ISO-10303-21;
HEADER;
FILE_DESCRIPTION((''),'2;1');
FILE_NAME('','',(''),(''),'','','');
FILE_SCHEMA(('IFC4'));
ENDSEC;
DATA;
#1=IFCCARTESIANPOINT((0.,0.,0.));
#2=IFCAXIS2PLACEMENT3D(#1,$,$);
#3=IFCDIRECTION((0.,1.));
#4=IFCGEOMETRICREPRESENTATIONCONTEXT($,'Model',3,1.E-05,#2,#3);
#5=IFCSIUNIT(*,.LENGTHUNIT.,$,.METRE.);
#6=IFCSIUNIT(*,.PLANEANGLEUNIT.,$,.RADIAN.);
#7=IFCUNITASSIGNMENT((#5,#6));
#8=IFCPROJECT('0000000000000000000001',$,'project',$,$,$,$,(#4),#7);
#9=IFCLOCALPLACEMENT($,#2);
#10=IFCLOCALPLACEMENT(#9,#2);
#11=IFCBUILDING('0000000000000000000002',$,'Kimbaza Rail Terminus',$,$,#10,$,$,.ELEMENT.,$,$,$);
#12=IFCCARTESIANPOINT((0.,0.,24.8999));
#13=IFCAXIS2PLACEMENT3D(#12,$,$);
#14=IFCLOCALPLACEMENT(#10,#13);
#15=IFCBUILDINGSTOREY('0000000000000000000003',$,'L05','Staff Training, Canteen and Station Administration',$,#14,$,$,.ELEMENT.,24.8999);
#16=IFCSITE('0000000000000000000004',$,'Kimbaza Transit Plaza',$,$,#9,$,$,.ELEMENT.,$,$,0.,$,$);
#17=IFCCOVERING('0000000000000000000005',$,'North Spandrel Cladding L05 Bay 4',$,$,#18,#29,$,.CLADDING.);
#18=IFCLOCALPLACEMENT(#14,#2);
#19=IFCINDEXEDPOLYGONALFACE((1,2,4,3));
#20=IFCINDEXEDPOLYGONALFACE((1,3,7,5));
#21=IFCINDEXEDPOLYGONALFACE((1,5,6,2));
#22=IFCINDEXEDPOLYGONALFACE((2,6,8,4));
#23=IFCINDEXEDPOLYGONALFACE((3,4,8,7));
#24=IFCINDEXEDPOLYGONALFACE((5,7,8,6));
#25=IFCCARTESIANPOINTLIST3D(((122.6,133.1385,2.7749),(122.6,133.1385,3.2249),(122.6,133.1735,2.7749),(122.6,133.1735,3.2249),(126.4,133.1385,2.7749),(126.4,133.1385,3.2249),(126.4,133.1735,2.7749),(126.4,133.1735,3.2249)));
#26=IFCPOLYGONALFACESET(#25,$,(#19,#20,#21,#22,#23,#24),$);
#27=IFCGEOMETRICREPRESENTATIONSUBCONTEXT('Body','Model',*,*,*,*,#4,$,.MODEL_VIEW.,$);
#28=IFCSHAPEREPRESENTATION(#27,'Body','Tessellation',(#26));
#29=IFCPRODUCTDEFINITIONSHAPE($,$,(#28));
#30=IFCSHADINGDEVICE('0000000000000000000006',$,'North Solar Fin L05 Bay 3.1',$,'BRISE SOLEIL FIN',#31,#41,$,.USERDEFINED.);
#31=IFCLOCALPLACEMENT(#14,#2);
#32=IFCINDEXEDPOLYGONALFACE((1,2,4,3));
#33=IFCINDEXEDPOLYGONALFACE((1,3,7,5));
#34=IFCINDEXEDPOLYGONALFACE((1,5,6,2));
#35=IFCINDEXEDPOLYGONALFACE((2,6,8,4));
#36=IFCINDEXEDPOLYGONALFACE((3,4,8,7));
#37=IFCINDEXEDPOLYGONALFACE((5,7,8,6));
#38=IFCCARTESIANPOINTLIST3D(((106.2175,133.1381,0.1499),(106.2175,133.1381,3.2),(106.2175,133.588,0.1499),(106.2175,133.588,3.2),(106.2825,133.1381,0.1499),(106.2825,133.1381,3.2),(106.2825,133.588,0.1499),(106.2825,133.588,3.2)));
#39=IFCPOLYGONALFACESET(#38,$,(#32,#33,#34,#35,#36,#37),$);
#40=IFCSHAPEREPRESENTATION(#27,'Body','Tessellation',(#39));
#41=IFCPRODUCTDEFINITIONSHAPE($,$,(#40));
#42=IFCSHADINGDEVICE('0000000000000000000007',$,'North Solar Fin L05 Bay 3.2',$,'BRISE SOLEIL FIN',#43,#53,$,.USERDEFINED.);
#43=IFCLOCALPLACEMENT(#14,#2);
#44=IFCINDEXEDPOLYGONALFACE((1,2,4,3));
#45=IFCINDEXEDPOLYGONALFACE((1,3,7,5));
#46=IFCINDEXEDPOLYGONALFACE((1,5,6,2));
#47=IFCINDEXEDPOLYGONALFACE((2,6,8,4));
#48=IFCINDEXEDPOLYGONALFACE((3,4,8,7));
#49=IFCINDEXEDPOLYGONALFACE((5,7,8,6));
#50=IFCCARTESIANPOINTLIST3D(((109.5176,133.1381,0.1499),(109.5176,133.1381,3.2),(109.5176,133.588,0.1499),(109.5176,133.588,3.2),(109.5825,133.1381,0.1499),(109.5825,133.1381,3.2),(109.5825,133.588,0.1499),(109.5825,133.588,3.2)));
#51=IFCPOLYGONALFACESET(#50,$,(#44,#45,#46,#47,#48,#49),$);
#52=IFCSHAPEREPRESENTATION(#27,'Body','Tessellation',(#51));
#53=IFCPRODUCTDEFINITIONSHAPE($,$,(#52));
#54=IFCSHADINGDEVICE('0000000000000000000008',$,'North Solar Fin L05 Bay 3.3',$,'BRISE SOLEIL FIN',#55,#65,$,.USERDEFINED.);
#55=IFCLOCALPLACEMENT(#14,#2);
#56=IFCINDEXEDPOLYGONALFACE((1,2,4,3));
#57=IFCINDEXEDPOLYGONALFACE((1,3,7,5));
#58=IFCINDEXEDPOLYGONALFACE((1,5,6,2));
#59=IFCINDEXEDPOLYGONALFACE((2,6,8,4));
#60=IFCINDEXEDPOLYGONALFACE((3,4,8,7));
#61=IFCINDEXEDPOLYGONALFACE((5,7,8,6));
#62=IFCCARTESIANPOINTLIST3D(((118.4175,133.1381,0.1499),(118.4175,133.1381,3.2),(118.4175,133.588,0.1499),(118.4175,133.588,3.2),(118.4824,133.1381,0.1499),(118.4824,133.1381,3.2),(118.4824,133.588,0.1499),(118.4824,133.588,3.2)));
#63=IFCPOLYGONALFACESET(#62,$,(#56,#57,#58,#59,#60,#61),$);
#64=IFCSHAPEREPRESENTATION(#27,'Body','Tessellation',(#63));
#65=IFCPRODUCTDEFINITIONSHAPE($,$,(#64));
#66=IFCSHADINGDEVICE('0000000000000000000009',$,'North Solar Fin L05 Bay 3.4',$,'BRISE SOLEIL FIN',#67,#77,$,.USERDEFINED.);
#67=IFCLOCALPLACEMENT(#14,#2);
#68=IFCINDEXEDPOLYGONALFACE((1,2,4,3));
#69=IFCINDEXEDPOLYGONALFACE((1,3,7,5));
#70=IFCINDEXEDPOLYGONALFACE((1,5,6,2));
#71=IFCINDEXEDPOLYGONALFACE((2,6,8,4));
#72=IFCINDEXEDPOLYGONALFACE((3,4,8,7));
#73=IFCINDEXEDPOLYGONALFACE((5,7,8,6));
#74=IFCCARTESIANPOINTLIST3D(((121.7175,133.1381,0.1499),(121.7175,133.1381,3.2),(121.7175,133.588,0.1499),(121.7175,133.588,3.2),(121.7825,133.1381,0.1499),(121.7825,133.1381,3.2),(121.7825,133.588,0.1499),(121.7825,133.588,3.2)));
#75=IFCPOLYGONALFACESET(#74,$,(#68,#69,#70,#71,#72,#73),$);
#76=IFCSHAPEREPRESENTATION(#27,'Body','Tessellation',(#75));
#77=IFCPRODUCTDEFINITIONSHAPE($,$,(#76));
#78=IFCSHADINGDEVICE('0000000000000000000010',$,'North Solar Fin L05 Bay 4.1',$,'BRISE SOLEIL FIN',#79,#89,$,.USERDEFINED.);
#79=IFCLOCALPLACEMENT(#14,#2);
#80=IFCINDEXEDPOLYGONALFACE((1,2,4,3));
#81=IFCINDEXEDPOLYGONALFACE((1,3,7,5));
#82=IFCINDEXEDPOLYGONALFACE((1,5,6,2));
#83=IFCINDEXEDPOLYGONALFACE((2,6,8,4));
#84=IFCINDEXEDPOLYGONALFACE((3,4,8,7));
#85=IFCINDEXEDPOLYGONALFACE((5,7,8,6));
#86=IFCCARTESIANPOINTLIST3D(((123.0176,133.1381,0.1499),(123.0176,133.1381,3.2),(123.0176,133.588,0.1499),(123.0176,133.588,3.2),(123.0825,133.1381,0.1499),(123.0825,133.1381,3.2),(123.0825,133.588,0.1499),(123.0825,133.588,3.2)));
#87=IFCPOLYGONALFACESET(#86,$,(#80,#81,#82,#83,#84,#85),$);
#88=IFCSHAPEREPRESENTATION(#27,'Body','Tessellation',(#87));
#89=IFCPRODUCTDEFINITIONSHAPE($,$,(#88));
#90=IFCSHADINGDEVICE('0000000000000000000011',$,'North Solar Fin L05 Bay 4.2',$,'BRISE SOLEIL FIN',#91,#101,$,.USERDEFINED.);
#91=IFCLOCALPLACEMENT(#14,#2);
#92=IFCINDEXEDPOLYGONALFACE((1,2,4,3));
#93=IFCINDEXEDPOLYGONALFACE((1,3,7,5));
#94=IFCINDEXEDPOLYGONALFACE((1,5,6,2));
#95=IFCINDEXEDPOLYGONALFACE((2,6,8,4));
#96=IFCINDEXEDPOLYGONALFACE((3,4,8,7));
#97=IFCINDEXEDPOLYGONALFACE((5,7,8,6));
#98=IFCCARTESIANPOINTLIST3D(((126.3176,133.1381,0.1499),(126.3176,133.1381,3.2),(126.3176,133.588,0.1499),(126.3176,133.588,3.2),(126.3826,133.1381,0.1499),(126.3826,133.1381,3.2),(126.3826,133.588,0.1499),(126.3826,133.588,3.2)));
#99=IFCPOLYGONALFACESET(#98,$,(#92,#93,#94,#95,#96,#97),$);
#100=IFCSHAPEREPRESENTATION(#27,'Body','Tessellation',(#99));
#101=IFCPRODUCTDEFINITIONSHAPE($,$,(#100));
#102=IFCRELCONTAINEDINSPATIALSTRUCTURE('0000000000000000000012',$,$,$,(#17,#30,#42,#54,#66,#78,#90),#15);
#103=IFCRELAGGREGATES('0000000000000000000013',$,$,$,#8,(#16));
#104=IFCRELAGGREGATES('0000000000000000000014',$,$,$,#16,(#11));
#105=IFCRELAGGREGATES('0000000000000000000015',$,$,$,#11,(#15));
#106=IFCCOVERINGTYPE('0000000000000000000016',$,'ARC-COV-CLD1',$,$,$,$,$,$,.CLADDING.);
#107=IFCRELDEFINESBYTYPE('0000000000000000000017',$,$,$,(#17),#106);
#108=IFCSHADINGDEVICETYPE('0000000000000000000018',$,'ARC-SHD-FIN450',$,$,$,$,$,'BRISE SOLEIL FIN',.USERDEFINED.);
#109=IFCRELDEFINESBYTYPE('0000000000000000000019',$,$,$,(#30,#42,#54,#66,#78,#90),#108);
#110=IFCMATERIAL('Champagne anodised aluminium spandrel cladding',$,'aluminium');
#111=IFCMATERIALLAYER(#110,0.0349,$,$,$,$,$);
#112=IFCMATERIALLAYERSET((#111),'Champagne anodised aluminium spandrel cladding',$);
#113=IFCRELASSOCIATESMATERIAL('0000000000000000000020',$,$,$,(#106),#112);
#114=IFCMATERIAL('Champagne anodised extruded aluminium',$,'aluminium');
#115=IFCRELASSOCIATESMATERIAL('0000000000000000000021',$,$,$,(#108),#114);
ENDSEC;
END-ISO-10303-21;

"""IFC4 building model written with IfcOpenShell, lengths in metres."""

from ifc_helpers import new_model, si_unit, direction, frame, origin, origin_2d, place, context, subcontext, project, spatial, rectangle, extrude, material, layer, layer_set, type_object, element, save


model = new_model("IFC4")

# Units and contexts
model_context = context("Model", 3, precision=1e-05, world=origin(), true_north=direction((0.0, 1.0)))
body_context = subcontext(model_context, "Body", "Model", "MODEL_VIEW")
ifc_project = project(units=[si_unit("LENGTHUNIT", "METRE"), si_unit("PLANEANGLEUNIT", "RADIAN")], contexts=[model_context])

# Site, building, storey
site_placement = place(None, origin())
site = spatial("IfcSite", under=ifc_project, at=site_placement, Name="Kimbaza Transit Plaza", CompositionType="ELEMENT", RefElevation=0.0)
building_placement = place(site_placement, origin())
building = spatial("IfcBuilding", under=site, at=building_placement, Name="Kimbaza Rail Terminus", CompositionType="ELEMENT")
storey_placement = place(building_placement, frame((0.0, 0.0, 24.8999)))
storey = spatial("IfcBuildingStorey", under=building, at=storey_placement, Name="L05", Description="Staff Training, Canteen and Station Administration", CompositionType="ELEMENT", Elevation=24.8999)

# Covering
ifc_material_1 = material(Name="Champagne anodised aluminium spandrel cladding", Category="aluminium")
ifc_layer_1 = layer(ifc_material_1, 0.0349)
ifc_layer_set_1 = layer_set([ifc_layer_1], Name="Champagne anodised aluminium spandrel cladding")
covering_type = type_object("IfcCoveringType", Name="ARC-COV-CLD1", PredefinedType="CLADDING", material=ifc_layer_set_1)
for number, where, z_axis, x_axis, name in (
    (1, (124.5, 133.156, 2.7749), (0.0, 0.0, 1.0), (1.0, 0.0, 0.0), "North Spandrel Cladding L05 Bay 4"),
):
    element("IfcCovering", number, at=place(storey_placement, frame(where, z_axis=z_axis, x_axis=x_axis)), inside=storey, type_object=covering_type, Name=name, PredefinedType="CLADDING", context=body_context, shape_type="SweptSolid", body=[
        extrude(rectangle(XDim=3.8, YDim=0.0349, at=origin_2d()), origin(), (0.0, 0.0, 1.0), 0.45),
    ])

# Shading devices
ifc_material_2 = material(Name="Champagne anodised extruded aluminium", Category="aluminium")
shading_device_type = type_object("IfcShadingDeviceType", Name="ARC-SHD-FIN450", ElementType="BRISE SOLEIL FIN", PredefinedType="USERDEFINED", material=ifc_material_2)
for number, where, z_axis, x_axis, name in (
    (2, (106.25, 133.363, 0.1499), (0.0, 0.0, 1.0), (1.0, 0.0, 0.0), "North Solar Fin L05 Bay 3.1"),
    (3, (109.55, 133.363, 0.1499), (0.0, 0.0, 1.0), (1.0, 0.0, 0.0), "North Solar Fin L05 Bay 3.2"),
    (4, (118.45, 133.363, 0.1499), (0.0, 0.0, 1.0), (1.0, 0.0, 0.0), "North Solar Fin L05 Bay 3.3"),
    (5, (121.75, 133.363, 0.1499), (0.0, 0.0, 1.0), (1.0, 0.0, 0.0), "North Solar Fin L05 Bay 3.4"),
    (6, (123.05, 133.363, 0.1499), (0.0, 0.0, 1.0), (1.0, 0.0, 0.0), "North Solar Fin L05 Bay 4.1"),
    (7, (126.3501, 133.363, 0.1499), (0.0, 0.0, 1.0), (1.0, 0.0, 0.0), "North Solar Fin L05 Bay 4.2"),
):
    element("IfcShadingDevice", number, at=place(storey_placement, frame(where, z_axis=z_axis, x_axis=x_axis)), inside=storey, type_object=shading_device_type, Name=name, ObjectType="BRISE SOLEIL FIN", PredefinedType="USERDEFINED", context=body_context, shape_type="SweptSolid", body=[
        extrude(rectangle(XDim=0.0649, YDim=0.45, at=origin_2d()), origin(), (0.0, 0.0, 1.0), 3.05),
    ])

save(model, "model.ifc")
